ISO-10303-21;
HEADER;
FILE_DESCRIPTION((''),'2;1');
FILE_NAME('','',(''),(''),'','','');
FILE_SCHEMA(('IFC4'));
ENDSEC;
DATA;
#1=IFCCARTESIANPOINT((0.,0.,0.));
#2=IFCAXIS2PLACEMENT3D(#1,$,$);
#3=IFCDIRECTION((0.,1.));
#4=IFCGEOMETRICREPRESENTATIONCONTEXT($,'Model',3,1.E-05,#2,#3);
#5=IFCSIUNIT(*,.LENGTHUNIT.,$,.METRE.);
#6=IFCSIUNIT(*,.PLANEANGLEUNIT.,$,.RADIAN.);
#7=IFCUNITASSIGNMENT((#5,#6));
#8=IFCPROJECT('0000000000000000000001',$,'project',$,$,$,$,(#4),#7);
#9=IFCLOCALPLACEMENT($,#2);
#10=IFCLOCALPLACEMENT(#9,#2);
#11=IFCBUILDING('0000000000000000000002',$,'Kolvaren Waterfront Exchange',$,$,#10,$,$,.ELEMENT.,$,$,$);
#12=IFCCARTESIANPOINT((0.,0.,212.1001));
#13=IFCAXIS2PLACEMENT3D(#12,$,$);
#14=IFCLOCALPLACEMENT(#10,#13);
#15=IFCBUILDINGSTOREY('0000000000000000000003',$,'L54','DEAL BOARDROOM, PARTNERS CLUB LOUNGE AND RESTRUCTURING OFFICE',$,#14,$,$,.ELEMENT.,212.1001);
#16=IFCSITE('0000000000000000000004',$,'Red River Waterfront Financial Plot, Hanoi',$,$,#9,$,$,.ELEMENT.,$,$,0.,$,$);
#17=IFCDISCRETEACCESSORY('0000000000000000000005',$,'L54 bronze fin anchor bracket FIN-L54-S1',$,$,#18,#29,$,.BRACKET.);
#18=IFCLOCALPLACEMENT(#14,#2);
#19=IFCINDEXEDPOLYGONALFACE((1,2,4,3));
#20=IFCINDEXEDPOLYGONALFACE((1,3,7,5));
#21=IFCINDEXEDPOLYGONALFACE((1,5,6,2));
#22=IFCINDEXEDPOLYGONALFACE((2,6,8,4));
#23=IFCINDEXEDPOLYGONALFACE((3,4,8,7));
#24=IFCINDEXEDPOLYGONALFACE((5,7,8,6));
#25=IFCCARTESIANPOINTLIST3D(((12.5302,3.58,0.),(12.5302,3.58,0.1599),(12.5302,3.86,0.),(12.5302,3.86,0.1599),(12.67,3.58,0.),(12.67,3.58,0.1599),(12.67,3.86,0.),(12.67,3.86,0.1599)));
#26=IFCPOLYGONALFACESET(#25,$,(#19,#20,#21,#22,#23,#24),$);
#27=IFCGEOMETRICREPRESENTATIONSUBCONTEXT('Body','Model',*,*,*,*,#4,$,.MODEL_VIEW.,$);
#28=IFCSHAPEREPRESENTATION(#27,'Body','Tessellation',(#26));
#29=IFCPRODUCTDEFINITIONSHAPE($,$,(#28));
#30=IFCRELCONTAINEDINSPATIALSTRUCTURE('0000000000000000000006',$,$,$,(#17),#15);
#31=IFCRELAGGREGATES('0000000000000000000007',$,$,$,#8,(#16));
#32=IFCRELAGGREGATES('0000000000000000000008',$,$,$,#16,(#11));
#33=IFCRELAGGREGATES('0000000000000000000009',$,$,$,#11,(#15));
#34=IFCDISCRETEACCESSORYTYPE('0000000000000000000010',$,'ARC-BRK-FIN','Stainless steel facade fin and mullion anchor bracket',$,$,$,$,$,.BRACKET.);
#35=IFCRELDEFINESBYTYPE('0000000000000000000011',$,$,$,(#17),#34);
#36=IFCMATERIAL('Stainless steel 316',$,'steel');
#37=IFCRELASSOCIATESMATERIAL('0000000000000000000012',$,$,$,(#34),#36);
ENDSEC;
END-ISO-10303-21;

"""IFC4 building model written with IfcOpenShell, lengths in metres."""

from ifc_helpers import new_model, si_unit, direction, frame, origin, origin_with_axes, origin_2d, place, context, subcontext, project, spatial, rectangle, extrude, source, transform, mapped, material, type_object, element, save


model = new_model("IFC4")

# Units and contexts
model_context = context("Model", 3, precision=1e-05, world=origin(), true_north=direction((0.0, 1.0)))
body_context = subcontext(model_context, "Body", "Model", "MODEL_VIEW")
ifc_project = project(units=[si_unit("LENGTHUNIT", "METRE"), si_unit("PLANEANGLEUNIT", "RADIAN")], contexts=[model_context])

# Site, building, storey
site_placement = place(None, origin())
site = spatial("IfcSite", under=ifc_project, at=site_placement, Name="Red River Waterfront Financial Plot, Hanoi", CompositionType="ELEMENT", RefElevation=0.0)
building_placement = place(site_placement, origin())
building = spatial("IfcBuilding", under=site, at=building_placement, Name="Kolvaren Waterfront Exchange", CompositionType="ELEMENT")
storey_placement = place(building_placement, frame((0.0, 0.0, 212.1001)))
storey = spatial("IfcBuildingStorey", under=building, at=storey_placement, Name="L54", Description="DEAL BOARDROOM, PARTNERS CLUB LOUNGE AND RESTRUCTURING OFFICE", CompositionType="ELEMENT", Elevation=212.1001)

# Discrete accessory
ifc_material_1 = material(Name="Stainless steel 316", Category="steel")
discrete_accessory_type = type_object("IfcDiscreteAccessoryType", Name="ARC-BRK-FIN", Description="Stainless steel facade fin and mullion anchor bracket", PredefinedType="BRACKET", material=ifc_material_1)
shared_shape_1 = source(origin_with_axes(), body_context, "Body", "SweptSolid", [
    extrude(rectangle(XDim=0.28, YDim=0.1399, at=origin_2d()), origin(), (0.0, 0.0, 1.0), 0.1599),
])
discrete_accessory_placement = place(storey_placement, frame((12.6001, 3.72, 0.0), z_axis=(0.0, 0.0, 1.0), x_axis=(0.0, -1.0, 0.0)))
element("IfcDiscreteAccessory", 1, at=discrete_accessory_placement, inside=storey, type_object=discrete_accessory_type, Name="L54 bronze fin anchor bracket FIN-L54-S1", PredefinedType="BRACKET", context=body_context, shape_type="MappedRepresentation", body=[
    mapped(shared_shape_1, transform((0.0, 0.0, 0.0), x_axis=(1.0, 0.0, 0.0), y_axis=(0.0, 1.0, 0.0), z_axis=(0.0, 0.0, 1.0), scale=1.0)),
])

save(model, "model.ifc")
